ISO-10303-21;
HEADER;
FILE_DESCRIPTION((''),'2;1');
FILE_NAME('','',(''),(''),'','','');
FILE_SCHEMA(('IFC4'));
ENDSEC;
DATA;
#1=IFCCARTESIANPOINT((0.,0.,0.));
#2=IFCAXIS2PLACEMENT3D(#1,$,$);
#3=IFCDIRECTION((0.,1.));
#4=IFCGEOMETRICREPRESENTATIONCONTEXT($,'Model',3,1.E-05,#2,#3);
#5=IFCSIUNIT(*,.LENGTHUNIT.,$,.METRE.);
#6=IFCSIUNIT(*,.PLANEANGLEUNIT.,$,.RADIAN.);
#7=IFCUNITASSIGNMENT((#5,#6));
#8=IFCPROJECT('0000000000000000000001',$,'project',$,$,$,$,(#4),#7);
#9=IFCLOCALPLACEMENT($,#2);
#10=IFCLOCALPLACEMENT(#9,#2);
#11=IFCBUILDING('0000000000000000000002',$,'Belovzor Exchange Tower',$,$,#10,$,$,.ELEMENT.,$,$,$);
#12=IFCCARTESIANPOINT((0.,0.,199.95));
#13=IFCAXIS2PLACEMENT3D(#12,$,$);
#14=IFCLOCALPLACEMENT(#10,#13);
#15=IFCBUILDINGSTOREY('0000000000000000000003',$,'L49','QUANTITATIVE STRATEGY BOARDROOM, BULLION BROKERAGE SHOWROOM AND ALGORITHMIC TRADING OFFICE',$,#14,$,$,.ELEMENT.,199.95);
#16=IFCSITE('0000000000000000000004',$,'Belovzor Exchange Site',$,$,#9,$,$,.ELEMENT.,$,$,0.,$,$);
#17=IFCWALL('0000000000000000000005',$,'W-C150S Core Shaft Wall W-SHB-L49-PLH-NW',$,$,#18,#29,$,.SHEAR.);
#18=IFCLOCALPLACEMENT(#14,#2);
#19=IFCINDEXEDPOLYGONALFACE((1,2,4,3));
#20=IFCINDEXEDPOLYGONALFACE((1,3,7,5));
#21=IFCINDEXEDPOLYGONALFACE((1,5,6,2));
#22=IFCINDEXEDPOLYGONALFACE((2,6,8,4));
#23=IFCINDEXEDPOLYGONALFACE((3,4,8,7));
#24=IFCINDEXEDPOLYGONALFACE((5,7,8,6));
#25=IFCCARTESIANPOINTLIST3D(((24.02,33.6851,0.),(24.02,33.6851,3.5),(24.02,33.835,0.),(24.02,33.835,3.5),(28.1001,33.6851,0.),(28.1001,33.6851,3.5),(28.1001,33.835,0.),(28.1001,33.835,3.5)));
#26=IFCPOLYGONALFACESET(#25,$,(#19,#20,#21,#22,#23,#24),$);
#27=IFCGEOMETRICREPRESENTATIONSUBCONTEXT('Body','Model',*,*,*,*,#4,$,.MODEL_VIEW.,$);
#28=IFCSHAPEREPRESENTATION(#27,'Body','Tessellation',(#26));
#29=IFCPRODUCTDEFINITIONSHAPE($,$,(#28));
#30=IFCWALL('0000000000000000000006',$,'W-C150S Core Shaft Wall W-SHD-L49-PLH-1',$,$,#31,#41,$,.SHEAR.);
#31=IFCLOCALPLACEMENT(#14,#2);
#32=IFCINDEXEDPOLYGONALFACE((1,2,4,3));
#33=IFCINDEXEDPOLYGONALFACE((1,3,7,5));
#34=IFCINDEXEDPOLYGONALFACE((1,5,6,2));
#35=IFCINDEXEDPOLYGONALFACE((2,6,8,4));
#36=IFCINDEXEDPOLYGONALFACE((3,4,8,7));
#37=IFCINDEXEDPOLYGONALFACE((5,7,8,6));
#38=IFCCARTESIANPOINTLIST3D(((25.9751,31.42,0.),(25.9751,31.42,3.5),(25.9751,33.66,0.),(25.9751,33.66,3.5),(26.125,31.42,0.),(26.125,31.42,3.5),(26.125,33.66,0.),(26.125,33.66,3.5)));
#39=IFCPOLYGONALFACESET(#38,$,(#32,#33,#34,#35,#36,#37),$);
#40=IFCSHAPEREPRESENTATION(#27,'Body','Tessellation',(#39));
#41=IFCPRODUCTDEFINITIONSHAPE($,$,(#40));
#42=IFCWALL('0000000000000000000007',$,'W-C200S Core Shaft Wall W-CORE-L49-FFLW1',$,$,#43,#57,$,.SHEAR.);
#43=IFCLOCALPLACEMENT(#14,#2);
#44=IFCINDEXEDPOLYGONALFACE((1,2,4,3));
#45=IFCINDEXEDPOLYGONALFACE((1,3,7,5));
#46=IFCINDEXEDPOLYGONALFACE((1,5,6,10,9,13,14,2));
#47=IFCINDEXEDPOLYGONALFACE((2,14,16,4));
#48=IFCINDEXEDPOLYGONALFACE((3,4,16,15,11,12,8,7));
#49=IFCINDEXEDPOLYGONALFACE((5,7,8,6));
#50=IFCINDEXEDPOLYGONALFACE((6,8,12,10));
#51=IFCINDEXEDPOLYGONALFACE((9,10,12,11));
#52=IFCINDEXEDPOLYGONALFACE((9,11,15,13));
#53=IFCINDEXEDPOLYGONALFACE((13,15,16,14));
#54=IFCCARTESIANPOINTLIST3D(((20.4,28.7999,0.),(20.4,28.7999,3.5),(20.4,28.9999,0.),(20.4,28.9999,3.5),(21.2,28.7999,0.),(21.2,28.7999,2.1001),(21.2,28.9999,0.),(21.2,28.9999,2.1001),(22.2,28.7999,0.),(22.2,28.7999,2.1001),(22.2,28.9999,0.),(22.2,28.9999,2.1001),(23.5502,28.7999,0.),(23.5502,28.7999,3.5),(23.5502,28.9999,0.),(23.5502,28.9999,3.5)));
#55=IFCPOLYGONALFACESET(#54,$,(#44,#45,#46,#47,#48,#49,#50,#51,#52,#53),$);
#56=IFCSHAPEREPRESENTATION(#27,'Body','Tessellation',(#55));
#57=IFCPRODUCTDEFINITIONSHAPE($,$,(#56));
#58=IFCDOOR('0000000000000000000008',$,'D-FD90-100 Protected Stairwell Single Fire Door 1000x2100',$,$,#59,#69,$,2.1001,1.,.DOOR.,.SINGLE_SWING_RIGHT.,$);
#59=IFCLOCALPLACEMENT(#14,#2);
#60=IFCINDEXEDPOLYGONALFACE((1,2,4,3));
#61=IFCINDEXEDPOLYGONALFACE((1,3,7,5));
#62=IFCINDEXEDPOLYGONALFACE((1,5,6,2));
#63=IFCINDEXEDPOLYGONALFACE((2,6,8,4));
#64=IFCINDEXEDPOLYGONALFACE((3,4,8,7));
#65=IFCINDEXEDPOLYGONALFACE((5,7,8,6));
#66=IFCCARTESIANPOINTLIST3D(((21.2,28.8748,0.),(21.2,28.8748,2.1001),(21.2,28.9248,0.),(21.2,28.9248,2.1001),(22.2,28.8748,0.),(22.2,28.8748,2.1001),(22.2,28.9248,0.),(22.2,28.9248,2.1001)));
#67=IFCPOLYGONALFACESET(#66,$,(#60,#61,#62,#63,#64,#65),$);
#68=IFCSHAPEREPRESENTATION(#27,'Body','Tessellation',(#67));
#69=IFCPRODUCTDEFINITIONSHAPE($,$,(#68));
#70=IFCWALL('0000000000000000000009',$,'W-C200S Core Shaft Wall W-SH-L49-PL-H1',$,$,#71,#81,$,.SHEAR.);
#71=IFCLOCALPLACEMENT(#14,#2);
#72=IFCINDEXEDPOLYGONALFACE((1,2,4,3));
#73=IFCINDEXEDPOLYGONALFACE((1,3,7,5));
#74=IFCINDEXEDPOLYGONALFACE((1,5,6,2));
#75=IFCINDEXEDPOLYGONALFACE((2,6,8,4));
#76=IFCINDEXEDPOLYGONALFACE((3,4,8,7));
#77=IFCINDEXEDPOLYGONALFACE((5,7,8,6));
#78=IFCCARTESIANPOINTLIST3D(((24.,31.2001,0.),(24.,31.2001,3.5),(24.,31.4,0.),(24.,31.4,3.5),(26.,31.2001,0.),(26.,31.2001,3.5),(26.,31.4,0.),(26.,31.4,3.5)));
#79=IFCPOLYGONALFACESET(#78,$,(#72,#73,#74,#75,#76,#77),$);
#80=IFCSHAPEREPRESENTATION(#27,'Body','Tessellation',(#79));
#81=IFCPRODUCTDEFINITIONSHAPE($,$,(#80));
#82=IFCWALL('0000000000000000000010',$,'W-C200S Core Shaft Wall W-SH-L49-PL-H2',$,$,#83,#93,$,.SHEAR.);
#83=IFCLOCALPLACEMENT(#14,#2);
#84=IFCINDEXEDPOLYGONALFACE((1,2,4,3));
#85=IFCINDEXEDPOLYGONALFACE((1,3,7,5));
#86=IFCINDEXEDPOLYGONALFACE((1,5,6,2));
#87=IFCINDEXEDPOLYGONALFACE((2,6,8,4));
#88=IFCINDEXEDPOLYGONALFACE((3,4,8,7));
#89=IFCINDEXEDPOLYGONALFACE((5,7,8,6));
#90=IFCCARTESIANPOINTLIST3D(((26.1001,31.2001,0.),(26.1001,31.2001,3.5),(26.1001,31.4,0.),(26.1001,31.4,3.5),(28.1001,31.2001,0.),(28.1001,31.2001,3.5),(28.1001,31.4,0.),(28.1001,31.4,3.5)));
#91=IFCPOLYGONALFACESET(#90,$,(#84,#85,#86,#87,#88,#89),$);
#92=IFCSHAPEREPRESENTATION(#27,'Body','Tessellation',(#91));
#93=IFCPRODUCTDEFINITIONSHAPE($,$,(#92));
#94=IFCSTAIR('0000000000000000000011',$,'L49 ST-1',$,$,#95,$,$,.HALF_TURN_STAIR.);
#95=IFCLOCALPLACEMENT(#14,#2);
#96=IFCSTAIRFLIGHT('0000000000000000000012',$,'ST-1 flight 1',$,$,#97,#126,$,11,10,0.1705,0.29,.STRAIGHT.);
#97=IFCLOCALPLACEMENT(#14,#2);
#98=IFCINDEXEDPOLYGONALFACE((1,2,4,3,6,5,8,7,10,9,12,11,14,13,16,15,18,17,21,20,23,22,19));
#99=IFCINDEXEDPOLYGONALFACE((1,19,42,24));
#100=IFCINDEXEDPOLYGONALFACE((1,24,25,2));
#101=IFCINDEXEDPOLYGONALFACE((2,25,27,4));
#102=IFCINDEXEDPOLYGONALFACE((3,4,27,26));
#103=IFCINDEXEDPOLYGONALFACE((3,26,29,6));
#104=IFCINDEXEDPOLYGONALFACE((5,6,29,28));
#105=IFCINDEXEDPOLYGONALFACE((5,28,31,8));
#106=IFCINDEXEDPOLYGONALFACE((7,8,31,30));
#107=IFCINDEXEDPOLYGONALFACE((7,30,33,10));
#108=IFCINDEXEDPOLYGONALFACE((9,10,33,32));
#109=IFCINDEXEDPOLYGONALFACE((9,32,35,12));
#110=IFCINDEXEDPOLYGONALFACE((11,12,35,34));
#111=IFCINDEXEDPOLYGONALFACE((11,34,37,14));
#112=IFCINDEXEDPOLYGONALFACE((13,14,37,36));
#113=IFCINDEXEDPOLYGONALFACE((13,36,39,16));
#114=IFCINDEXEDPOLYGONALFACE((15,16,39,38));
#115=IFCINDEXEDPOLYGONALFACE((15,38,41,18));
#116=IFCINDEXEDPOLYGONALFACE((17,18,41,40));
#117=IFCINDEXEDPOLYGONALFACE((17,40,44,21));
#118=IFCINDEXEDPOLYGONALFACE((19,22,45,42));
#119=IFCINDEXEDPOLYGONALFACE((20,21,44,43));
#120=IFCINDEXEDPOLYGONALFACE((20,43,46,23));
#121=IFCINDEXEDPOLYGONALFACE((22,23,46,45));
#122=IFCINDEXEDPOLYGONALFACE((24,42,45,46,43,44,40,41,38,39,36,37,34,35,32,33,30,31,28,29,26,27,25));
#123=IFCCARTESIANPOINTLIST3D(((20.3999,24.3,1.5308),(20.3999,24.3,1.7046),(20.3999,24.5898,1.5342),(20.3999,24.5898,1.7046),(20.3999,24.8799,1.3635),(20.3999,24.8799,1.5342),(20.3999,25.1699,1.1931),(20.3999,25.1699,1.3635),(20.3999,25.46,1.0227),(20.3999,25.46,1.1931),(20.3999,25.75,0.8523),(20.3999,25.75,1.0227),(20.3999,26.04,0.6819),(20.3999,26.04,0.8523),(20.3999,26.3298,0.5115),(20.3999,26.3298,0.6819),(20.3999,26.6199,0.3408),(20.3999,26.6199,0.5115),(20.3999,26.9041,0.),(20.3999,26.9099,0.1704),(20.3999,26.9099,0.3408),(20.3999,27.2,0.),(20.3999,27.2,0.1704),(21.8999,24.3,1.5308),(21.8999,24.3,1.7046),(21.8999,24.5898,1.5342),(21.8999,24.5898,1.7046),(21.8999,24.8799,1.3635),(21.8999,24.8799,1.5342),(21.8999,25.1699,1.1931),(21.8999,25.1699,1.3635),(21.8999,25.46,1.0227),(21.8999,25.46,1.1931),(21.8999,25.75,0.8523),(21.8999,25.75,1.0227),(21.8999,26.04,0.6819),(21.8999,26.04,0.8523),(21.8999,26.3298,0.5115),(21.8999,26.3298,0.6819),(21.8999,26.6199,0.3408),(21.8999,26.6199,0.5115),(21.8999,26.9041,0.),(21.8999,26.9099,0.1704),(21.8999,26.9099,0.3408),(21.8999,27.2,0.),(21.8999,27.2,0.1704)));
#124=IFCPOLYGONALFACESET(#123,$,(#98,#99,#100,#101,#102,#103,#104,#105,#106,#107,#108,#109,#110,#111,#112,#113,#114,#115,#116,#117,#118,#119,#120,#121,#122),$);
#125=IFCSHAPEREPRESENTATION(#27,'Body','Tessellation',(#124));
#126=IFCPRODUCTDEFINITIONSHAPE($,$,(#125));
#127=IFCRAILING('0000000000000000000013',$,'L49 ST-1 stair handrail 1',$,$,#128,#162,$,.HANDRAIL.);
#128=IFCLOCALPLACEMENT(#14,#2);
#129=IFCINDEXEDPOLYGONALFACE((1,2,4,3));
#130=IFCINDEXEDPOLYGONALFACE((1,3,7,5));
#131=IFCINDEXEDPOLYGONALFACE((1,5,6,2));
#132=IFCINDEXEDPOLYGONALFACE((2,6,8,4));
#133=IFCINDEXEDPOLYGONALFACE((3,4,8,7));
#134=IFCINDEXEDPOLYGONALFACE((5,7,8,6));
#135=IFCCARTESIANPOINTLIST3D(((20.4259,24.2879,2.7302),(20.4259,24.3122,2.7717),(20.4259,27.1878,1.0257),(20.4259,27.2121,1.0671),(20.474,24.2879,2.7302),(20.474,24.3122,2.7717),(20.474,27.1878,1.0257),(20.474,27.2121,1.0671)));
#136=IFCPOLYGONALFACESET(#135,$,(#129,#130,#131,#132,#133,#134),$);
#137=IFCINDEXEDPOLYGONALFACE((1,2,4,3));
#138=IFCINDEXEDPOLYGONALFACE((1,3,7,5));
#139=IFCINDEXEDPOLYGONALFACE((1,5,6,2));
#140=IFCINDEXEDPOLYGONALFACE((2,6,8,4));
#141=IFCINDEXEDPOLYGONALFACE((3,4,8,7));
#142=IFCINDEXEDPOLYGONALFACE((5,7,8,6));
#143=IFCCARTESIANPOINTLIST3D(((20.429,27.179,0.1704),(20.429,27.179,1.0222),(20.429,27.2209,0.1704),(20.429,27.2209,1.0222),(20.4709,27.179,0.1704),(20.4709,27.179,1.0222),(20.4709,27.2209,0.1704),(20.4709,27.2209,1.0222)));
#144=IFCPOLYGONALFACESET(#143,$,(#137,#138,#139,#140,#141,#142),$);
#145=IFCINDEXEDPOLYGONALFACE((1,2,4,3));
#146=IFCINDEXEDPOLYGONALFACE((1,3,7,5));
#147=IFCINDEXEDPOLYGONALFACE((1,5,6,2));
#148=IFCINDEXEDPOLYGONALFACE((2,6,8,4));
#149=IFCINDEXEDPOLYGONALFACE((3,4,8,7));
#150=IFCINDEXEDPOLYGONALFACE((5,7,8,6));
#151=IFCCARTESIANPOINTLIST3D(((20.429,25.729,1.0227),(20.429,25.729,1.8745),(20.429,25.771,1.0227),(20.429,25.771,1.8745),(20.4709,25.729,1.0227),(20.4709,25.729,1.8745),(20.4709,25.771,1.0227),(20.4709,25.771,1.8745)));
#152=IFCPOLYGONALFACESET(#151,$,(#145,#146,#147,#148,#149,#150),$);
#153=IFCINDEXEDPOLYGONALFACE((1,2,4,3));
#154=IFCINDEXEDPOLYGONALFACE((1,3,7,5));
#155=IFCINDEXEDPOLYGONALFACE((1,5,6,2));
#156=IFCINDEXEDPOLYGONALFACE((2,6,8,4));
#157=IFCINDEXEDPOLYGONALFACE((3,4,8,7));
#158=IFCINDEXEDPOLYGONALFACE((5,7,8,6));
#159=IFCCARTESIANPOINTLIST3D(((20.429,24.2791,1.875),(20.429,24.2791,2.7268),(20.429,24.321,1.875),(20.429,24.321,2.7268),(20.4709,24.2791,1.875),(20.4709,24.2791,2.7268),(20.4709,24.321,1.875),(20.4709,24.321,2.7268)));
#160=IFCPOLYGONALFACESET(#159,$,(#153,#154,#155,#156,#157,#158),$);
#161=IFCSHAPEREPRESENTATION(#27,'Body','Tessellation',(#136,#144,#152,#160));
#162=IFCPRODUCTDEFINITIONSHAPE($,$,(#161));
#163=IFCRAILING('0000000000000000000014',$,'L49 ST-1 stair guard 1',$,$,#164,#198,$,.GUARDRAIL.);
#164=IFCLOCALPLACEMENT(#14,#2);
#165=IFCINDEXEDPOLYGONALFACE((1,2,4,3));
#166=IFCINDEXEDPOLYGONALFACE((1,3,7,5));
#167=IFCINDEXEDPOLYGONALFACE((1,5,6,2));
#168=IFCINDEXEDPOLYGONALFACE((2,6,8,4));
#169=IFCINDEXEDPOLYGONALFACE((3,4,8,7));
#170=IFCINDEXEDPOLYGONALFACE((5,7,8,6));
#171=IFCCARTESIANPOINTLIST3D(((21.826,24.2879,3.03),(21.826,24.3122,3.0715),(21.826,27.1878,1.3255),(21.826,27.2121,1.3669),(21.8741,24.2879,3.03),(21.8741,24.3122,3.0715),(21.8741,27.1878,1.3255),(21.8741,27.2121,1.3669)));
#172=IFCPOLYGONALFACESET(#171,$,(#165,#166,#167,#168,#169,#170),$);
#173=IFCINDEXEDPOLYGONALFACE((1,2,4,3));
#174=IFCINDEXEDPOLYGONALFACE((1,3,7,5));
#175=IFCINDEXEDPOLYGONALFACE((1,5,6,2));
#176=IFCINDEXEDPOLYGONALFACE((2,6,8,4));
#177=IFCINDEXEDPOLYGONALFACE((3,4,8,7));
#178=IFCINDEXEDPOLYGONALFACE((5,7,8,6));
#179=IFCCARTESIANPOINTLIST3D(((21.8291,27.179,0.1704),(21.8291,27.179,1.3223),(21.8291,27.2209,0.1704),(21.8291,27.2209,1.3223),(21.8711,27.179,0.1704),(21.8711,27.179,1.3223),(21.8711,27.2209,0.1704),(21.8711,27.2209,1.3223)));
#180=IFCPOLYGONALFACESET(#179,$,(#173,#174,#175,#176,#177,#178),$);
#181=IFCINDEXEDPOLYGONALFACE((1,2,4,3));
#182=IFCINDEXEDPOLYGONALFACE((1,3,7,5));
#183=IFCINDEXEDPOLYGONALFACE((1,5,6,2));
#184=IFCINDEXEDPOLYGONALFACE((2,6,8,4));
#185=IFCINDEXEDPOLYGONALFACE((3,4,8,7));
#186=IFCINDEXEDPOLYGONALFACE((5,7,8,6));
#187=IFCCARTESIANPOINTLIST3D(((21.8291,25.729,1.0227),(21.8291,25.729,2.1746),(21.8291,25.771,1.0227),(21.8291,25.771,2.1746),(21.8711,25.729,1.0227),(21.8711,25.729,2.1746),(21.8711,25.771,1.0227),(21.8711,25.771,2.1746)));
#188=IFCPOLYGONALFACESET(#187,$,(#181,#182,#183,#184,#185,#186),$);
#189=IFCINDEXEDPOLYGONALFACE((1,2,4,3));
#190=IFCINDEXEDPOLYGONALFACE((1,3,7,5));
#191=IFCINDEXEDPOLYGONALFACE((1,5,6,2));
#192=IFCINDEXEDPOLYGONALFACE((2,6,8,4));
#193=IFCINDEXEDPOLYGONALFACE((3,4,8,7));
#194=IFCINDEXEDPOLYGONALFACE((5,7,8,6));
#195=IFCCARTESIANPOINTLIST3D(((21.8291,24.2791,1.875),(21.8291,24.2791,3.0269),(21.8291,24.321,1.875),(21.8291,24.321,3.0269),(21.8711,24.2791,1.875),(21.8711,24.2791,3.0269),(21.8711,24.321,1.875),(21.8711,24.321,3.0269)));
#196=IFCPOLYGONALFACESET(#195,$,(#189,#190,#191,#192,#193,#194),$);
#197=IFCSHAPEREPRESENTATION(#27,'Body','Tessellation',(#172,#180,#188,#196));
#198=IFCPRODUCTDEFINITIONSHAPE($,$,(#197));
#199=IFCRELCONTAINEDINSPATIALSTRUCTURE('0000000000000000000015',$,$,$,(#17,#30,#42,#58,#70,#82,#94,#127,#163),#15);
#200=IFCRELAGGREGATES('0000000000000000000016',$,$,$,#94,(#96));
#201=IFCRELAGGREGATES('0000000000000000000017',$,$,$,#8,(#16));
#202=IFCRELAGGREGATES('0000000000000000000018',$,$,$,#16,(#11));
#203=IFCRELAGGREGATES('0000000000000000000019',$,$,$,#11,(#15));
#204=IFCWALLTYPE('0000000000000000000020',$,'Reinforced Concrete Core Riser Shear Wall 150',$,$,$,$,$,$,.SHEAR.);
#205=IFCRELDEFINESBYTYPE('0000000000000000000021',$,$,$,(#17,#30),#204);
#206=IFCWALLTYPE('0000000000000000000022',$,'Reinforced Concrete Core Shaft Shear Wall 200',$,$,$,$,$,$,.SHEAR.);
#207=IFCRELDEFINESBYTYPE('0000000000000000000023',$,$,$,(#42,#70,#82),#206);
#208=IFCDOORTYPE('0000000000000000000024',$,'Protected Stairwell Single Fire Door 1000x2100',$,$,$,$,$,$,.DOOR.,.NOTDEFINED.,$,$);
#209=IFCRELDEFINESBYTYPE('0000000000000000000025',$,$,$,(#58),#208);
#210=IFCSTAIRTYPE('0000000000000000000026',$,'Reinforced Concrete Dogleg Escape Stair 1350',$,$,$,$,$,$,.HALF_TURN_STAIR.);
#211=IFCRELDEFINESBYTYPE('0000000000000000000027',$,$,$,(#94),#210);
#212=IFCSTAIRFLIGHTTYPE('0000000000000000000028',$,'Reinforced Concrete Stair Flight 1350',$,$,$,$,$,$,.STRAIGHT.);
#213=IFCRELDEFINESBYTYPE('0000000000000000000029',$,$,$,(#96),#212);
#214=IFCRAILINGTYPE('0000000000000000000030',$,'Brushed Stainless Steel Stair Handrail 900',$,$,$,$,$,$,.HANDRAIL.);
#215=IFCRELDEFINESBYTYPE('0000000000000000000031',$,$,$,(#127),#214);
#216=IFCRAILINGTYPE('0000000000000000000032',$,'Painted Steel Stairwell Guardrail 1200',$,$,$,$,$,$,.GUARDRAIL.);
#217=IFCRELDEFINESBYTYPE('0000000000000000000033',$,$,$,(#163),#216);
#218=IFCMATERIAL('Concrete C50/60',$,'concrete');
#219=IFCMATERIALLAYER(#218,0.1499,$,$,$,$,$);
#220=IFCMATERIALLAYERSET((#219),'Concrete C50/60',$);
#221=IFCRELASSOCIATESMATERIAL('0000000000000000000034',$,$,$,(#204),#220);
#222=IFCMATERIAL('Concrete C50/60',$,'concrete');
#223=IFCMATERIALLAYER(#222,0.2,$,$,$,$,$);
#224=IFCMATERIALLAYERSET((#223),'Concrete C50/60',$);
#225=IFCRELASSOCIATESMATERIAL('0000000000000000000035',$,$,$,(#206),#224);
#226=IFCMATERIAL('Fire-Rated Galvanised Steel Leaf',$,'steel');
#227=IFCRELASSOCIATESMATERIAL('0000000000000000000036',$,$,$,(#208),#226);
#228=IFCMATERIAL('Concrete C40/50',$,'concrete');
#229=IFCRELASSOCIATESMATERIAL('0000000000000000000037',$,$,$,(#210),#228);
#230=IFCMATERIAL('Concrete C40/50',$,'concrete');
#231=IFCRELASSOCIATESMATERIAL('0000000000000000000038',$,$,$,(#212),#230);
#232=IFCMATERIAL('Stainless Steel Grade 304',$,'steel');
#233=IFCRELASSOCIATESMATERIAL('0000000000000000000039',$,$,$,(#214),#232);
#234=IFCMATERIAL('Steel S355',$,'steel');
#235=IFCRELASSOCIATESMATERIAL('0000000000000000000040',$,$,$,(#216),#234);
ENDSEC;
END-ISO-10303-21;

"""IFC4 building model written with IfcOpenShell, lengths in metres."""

from ifc_helpers import new_model, si_unit, direction, frame, frame_2d, origin, origin_2d, place, context, subcontext, project, spatial, polyline, rectangle, outline, extrude, material, layer, layer_set, type_object, element, fill, aggregate, save


model = new_model("IFC4")

# Units and contexts
model_context = context("Model", 3, precision=1e-05, world=origin(), true_north=direction((0.0, 1.0)))
body_context = subcontext(model_context, "Body", "Model", "MODEL_VIEW")
ifc_project = project(units=[si_unit("LENGTHUNIT", "METRE"), si_unit("PLANEANGLEUNIT", "RADIAN")], contexts=[model_context])

# Site, building, storey
site_placement = place(None, origin())
site = spatial("IfcSite", under=ifc_project, at=site_placement, Name="Belovzor Exchange Site", CompositionType="ELEMENT", RefElevation=0.0)
building_placement = place(site_placement, origin())
building = spatial("IfcBuilding", under=site, at=building_placement, Name="Belovzor Exchange Tower", CompositionType="ELEMENT")
storey_placement = place(building_placement, frame((0.0, 0.0, 199.95)))
storey = spatial("IfcBuildingStorey", under=building, at=storey_placement, Name="L49", Description="QUANTITATIVE STRATEGY BOARDROOM, BULLION BROKERAGE SHOWROOM AND ALGORITHMIC TRADING OFFICE", CompositionType="ELEMENT", Elevation=199.95)

# Walls
ifc_material_1 = material(Name="Concrete C50/60", Category="concrete")
ifc_layer_1 = layer(ifc_material_1, 0.1499)
ifc_layer_set_1 = layer_set([ifc_layer_1], Name="Concrete C50/60")
wall_type_1 = type_object("IfcWallType", Name="Reinforced Concrete Core Riser Shear Wall 150", PredefinedType="SHEAR", material=ifc_layer_set_1)
wall_1_placement = place(storey_placement, frame((24.02, 33.76, 0.0), z_axis=(0.0, 0.0, 1.0), x_axis=(1.0, 0.0, 0.0)))
element("IfcWall", 1, at=wall_1_placement, inside=storey, type_object=wall_type_1, Name="W-C150S Core Shaft Wall W-SHB-L49-PLH-NW", PredefinedType="SHEAR", context=body_context, shape_type="SweptSolid", body=[
    extrude(rectangle(XDim=4.0801, YDim=0.1499, at=frame_2d((2.04, 0.0))), origin(), (0.0, 0.0, 1.0), 3.5),
])
wall_2_placement = place(storey_placement, frame((26.05, 31.4199, 0.0), z_axis=(0.0, 0.0, 1.0), x_axis=(0.0, 1.0, 0.0)))
element("IfcWall", 2, at=wall_2_placement, inside=storey, type_object=wall_type_1, Name="W-C150S Core Shaft Wall W-SHD-L49-PLH-1", PredefinedType="SHEAR", context=body_context, shape_type="SweptSolid", body=[
    extrude(rectangle(XDim=2.24, YDim=0.1499, at=frame_2d((1.1201, 0.0))), origin(), (0.0, 0.0, 1.0), 3.5),
])

# Wall, opening, door
ifc_material_2 = material(Name="Concrete C50/60", Category="concrete")
ifc_layer_2 = layer(ifc_material_2, 0.2)
ifc_layer_set_2 = layer_set([ifc_layer_2], Name="Concrete C50/60")
wall_type_2 = type_object("IfcWallType", Name="Reinforced Concrete Core Shaft Shear Wall 200", PredefinedType="SHEAR", material=ifc_layer_set_2)
wall_3_placement = place(storey_placement, frame((20.3999, 28.8999, 0.0), z_axis=(0.0, 0.0, 1.0), x_axis=(1.0, 0.0, 0.0)))
wall_3 = element("IfcWall", 3, at=wall_3_placement, inside=storey, type_object=wall_type_2, Name="W-C200S Core Shaft Wall W-CORE-L49-FFLW1", PredefinedType="SHEAR", context=body_context, shape_type="SweptSolid", body=[
    extrude(rectangle(XDim=3.1501, YDim=0.2, at=frame_2d((1.5752, 0.0))), origin(), (0.0, 0.0, 1.0), 3.5),
])
opening_1_placement = place(wall_3_placement, frame((0.8, 0.0, 0.0)))
opening_1 = element("IfcOpeningElement", 4, at=opening_1_placement, cuts=wall_3, PredefinedType="OPENING", context=body_context, shape_type="SweptSolid", body=[
    extrude(rectangle(XDim=1.0, YDim=2.1001, at=frame_2d((0.5, 1.05))), frame((0.0, 0.1099, 0.0), z_axis=(0.0, -1.0, 0.0), x_axis=(1.0, 0.0, 0.0)), (0.0, 0.0, 1.0), 0.22),
])
ifc_material_3 = material(Name="Fire-Rated Galvanised Steel Leaf", Category="steel")
door_type_1 = type_object("IfcDoorType", Name="Protected Stairwell Single Fire Door 1000x2100", OperationType="NOTDEFINED", PredefinedType="DOOR", material=ifc_material_3)
door_1_placement = place(opening_1_placement, origin())
door_1 = element("IfcDoor", 5, at=door_1_placement, inside=storey, type_object=door_type_1, Name="D-FD90-100 Protected Stairwell Single Fire Door 1000x2100", OperationType="SINGLE_SWING_RIGHT", OverallHeight=2.1001, OverallWidth=1.0, PredefinedType="DOOR", context=body_context, shape_type="SweptSolid", body=[
    extrude(rectangle(XDim=1.0, YDim=2.1001, at=frame_2d((0.5, 1.05))), frame((0.0, 0.0249, 0.0), z_axis=(0.0, -1.0, 0.0), x_axis=(1.0, 0.0, 0.0)), (0.0, 0.0, 1.0), 0.05),
])
fill(opening_1, door_1)

# Walls
for number, where, z_axis, x_axis, name in (
    (6, (24.0, 31.3, 0.0), (0.0, 0.0, 1.0), (1.0, 0.0, 0.0), "W-C200S Core Shaft Wall W-SH-L49-PL-H1"),
    (7, (26.1001, 31.3, 0.0), (0.0, 0.0, 1.0), (1.0, 0.0, 0.0), "W-C200S Core Shaft Wall W-SH-L49-PL-H2"),
):
    element("IfcWall", number, at=place(storey_placement, frame(where, z_axis=z_axis, x_axis=x_axis)), inside=storey, type_object=wall_type_2, Name=name, PredefinedType="SHEAR", context=body_context, shape_type="SweptSolid", body=[
        extrude(rectangle(XDim=2.0, YDim=0.2, at=frame_2d((1.0, 0.0))), origin(), (0.0, 0.0, 1.0), 3.5),
    ])

# Stair, stair flight
ifc_material_4 = material(Name="Concrete C40/50", Category="concrete")
stair_type = type_object("IfcStairType", Name="Reinforced Concrete Dogleg Escape Stair 1350", PredefinedType="HALF_TURN_STAIR", material=ifc_material_4)
stair_placement = place(storey_placement, origin())
stair = element("IfcStair", 8, at=stair_placement, inside=storey, type_object=stair_type, Name="L49 ST-1", PredefinedType="HALF_TURN_STAIR")
ifc_material_5 = material(Name="Concrete C40/50", Category="concrete")
stair_flight_type = type_object("IfcStairFlightType", Name="Reinforced Concrete Stair Flight 1350", PredefinedType="STRAIGHT", material=ifc_material_5)
stair_flight_placement = place(storey_placement, frame((21.1499, 27.2, 0.0), z_axis=(0.0, 0.0, 1.0), x_axis=(0.0, -1.0, 0.0)))
stair_flight = element("IfcStairFlight", 9, at=stair_flight_placement, type_object=stair_flight_type, Name="ST-1 flight 1", NumberOfRisers=11, NumberOfTreads=10, PredefinedType="STRAIGHT", RiserHeight=0.1705, TreadLength=0.29, context=body_context, shape_type="SweptSolid", body=[
    extrude(outline(polyline([(0.0, 0.0), (0.0, 0.1704), (0.29, 0.1704), (0.29, 0.3408), (0.5801, 0.3408), (0.5801, 0.5115), (0.8701, 0.5115), (0.8701, 0.6819), (1.1599, 0.6819), (1.1599, 0.8523), (1.45, 0.8523), (1.45, 1.0227), (1.74, 1.0227), (1.74, 1.1931), (2.03, 1.1931), (2.03, 1.3635), (2.3201, 1.3635), (2.3201, 1.5342), (2.6101, 1.5342), (2.6101, 1.7046), (2.8999, 1.7046), (2.8999, 1.875), (2.8999, 1.5308), (0.2959, 0.0), (0.0, 0.0)])), frame((0.0, 0.75, 0.0), z_axis=(0.0, -1.0, 0.0), x_axis=(1.0, 0.0, 0.0)), (0.0, 0.0, 1.0), 1.5),
])
aggregate(stair, [stair_flight])

# Railings
ifc_material_6 = material(Name="Stainless Steel Grade 304", Category="steel")
railing_type_1 = type_object("IfcRailingType", Name="Brushed Stainless Steel Stair Handrail 900", PredefinedType="HANDRAIL", material=ifc_material_6)
railing_1_placement = place(storey_placement, frame((20.45, 27.2, 0.1704)))
element("IfcRailing", 10, at=railing_1_placement, inside=storey, type_object=railing_type_1, Name="L49 ST-1 stair handrail 1", PredefinedType="HANDRAIL", context=body_context, shape_type="SweptSolid", body=[
    extrude(rectangle(XDim=0.0481, YDim=0.0481, at=origin_2d()), frame((0.0, 0.0, 0.876), z_axis=(0.0, -0.862095, 0.506747), x_axis=(1.0, 0.0, 0.0)), (0.0, 0.0, 1.0), 3.3638),
    extrude(rectangle(XDim=0.042, YDim=0.042, at=origin_2d()), origin(), (0.0, 0.0, 1.0), 0.8518),
    extrude(rectangle(XDim=0.042, YDim=0.042, at=origin_2d()), frame((0.0, -1.45, 0.8523)), (0.0, 0.0, 1.0), 0.8518),
    extrude(rectangle(XDim=0.042, YDim=0.042, at=origin_2d()), frame((0.0, -2.8999, 1.7046)), (0.0, 0.0, 1.0), 0.8518),
])
ifc_material_7 = material(Name="Steel S355", Category="steel")
railing_type_2 = type_object("IfcRailingType", Name="Painted Steel Stairwell Guardrail 1200", PredefinedType="GUARDRAIL", material=ifc_material_7)
railing_2_placement = place(storey_placement, frame((21.8501, 27.2, 0.1704)))
element("IfcRailing", 11, at=railing_2_placement, inside=storey, type_object=railing_type_2, Name="L49 ST-1 stair guard 1", PredefinedType="GUARDRAIL", context=body_context, shape_type="SweptSolid", body=[
    extrude(rectangle(XDim=0.0481, YDim=0.0481, at=origin_2d()), frame((0.0, 0.0, 1.1758), z_axis=(0.0, -0.862095, 0.506747), x_axis=(1.0, 0.0, 0.0)), (0.0, 0.0, 1.0), 3.3638),
    extrude(rectangle(XDim=0.042, YDim=0.042, at=origin_2d()), origin(), (0.0, 0.0, 1.0), 1.1519),
    extrude(rectangle(XDim=0.042, YDim=0.042, at=origin_2d()), frame((0.0, -1.45, 0.8523)), (0.0, 0.0, 1.0), 1.1519),
    extrude(rectangle(XDim=0.042, YDim=0.042, at=origin_2d()), frame((0.0, -2.8999, 1.7046)), (0.0, 0.0, 1.0), 1.1519),
])

save(model, "model.ifc")
